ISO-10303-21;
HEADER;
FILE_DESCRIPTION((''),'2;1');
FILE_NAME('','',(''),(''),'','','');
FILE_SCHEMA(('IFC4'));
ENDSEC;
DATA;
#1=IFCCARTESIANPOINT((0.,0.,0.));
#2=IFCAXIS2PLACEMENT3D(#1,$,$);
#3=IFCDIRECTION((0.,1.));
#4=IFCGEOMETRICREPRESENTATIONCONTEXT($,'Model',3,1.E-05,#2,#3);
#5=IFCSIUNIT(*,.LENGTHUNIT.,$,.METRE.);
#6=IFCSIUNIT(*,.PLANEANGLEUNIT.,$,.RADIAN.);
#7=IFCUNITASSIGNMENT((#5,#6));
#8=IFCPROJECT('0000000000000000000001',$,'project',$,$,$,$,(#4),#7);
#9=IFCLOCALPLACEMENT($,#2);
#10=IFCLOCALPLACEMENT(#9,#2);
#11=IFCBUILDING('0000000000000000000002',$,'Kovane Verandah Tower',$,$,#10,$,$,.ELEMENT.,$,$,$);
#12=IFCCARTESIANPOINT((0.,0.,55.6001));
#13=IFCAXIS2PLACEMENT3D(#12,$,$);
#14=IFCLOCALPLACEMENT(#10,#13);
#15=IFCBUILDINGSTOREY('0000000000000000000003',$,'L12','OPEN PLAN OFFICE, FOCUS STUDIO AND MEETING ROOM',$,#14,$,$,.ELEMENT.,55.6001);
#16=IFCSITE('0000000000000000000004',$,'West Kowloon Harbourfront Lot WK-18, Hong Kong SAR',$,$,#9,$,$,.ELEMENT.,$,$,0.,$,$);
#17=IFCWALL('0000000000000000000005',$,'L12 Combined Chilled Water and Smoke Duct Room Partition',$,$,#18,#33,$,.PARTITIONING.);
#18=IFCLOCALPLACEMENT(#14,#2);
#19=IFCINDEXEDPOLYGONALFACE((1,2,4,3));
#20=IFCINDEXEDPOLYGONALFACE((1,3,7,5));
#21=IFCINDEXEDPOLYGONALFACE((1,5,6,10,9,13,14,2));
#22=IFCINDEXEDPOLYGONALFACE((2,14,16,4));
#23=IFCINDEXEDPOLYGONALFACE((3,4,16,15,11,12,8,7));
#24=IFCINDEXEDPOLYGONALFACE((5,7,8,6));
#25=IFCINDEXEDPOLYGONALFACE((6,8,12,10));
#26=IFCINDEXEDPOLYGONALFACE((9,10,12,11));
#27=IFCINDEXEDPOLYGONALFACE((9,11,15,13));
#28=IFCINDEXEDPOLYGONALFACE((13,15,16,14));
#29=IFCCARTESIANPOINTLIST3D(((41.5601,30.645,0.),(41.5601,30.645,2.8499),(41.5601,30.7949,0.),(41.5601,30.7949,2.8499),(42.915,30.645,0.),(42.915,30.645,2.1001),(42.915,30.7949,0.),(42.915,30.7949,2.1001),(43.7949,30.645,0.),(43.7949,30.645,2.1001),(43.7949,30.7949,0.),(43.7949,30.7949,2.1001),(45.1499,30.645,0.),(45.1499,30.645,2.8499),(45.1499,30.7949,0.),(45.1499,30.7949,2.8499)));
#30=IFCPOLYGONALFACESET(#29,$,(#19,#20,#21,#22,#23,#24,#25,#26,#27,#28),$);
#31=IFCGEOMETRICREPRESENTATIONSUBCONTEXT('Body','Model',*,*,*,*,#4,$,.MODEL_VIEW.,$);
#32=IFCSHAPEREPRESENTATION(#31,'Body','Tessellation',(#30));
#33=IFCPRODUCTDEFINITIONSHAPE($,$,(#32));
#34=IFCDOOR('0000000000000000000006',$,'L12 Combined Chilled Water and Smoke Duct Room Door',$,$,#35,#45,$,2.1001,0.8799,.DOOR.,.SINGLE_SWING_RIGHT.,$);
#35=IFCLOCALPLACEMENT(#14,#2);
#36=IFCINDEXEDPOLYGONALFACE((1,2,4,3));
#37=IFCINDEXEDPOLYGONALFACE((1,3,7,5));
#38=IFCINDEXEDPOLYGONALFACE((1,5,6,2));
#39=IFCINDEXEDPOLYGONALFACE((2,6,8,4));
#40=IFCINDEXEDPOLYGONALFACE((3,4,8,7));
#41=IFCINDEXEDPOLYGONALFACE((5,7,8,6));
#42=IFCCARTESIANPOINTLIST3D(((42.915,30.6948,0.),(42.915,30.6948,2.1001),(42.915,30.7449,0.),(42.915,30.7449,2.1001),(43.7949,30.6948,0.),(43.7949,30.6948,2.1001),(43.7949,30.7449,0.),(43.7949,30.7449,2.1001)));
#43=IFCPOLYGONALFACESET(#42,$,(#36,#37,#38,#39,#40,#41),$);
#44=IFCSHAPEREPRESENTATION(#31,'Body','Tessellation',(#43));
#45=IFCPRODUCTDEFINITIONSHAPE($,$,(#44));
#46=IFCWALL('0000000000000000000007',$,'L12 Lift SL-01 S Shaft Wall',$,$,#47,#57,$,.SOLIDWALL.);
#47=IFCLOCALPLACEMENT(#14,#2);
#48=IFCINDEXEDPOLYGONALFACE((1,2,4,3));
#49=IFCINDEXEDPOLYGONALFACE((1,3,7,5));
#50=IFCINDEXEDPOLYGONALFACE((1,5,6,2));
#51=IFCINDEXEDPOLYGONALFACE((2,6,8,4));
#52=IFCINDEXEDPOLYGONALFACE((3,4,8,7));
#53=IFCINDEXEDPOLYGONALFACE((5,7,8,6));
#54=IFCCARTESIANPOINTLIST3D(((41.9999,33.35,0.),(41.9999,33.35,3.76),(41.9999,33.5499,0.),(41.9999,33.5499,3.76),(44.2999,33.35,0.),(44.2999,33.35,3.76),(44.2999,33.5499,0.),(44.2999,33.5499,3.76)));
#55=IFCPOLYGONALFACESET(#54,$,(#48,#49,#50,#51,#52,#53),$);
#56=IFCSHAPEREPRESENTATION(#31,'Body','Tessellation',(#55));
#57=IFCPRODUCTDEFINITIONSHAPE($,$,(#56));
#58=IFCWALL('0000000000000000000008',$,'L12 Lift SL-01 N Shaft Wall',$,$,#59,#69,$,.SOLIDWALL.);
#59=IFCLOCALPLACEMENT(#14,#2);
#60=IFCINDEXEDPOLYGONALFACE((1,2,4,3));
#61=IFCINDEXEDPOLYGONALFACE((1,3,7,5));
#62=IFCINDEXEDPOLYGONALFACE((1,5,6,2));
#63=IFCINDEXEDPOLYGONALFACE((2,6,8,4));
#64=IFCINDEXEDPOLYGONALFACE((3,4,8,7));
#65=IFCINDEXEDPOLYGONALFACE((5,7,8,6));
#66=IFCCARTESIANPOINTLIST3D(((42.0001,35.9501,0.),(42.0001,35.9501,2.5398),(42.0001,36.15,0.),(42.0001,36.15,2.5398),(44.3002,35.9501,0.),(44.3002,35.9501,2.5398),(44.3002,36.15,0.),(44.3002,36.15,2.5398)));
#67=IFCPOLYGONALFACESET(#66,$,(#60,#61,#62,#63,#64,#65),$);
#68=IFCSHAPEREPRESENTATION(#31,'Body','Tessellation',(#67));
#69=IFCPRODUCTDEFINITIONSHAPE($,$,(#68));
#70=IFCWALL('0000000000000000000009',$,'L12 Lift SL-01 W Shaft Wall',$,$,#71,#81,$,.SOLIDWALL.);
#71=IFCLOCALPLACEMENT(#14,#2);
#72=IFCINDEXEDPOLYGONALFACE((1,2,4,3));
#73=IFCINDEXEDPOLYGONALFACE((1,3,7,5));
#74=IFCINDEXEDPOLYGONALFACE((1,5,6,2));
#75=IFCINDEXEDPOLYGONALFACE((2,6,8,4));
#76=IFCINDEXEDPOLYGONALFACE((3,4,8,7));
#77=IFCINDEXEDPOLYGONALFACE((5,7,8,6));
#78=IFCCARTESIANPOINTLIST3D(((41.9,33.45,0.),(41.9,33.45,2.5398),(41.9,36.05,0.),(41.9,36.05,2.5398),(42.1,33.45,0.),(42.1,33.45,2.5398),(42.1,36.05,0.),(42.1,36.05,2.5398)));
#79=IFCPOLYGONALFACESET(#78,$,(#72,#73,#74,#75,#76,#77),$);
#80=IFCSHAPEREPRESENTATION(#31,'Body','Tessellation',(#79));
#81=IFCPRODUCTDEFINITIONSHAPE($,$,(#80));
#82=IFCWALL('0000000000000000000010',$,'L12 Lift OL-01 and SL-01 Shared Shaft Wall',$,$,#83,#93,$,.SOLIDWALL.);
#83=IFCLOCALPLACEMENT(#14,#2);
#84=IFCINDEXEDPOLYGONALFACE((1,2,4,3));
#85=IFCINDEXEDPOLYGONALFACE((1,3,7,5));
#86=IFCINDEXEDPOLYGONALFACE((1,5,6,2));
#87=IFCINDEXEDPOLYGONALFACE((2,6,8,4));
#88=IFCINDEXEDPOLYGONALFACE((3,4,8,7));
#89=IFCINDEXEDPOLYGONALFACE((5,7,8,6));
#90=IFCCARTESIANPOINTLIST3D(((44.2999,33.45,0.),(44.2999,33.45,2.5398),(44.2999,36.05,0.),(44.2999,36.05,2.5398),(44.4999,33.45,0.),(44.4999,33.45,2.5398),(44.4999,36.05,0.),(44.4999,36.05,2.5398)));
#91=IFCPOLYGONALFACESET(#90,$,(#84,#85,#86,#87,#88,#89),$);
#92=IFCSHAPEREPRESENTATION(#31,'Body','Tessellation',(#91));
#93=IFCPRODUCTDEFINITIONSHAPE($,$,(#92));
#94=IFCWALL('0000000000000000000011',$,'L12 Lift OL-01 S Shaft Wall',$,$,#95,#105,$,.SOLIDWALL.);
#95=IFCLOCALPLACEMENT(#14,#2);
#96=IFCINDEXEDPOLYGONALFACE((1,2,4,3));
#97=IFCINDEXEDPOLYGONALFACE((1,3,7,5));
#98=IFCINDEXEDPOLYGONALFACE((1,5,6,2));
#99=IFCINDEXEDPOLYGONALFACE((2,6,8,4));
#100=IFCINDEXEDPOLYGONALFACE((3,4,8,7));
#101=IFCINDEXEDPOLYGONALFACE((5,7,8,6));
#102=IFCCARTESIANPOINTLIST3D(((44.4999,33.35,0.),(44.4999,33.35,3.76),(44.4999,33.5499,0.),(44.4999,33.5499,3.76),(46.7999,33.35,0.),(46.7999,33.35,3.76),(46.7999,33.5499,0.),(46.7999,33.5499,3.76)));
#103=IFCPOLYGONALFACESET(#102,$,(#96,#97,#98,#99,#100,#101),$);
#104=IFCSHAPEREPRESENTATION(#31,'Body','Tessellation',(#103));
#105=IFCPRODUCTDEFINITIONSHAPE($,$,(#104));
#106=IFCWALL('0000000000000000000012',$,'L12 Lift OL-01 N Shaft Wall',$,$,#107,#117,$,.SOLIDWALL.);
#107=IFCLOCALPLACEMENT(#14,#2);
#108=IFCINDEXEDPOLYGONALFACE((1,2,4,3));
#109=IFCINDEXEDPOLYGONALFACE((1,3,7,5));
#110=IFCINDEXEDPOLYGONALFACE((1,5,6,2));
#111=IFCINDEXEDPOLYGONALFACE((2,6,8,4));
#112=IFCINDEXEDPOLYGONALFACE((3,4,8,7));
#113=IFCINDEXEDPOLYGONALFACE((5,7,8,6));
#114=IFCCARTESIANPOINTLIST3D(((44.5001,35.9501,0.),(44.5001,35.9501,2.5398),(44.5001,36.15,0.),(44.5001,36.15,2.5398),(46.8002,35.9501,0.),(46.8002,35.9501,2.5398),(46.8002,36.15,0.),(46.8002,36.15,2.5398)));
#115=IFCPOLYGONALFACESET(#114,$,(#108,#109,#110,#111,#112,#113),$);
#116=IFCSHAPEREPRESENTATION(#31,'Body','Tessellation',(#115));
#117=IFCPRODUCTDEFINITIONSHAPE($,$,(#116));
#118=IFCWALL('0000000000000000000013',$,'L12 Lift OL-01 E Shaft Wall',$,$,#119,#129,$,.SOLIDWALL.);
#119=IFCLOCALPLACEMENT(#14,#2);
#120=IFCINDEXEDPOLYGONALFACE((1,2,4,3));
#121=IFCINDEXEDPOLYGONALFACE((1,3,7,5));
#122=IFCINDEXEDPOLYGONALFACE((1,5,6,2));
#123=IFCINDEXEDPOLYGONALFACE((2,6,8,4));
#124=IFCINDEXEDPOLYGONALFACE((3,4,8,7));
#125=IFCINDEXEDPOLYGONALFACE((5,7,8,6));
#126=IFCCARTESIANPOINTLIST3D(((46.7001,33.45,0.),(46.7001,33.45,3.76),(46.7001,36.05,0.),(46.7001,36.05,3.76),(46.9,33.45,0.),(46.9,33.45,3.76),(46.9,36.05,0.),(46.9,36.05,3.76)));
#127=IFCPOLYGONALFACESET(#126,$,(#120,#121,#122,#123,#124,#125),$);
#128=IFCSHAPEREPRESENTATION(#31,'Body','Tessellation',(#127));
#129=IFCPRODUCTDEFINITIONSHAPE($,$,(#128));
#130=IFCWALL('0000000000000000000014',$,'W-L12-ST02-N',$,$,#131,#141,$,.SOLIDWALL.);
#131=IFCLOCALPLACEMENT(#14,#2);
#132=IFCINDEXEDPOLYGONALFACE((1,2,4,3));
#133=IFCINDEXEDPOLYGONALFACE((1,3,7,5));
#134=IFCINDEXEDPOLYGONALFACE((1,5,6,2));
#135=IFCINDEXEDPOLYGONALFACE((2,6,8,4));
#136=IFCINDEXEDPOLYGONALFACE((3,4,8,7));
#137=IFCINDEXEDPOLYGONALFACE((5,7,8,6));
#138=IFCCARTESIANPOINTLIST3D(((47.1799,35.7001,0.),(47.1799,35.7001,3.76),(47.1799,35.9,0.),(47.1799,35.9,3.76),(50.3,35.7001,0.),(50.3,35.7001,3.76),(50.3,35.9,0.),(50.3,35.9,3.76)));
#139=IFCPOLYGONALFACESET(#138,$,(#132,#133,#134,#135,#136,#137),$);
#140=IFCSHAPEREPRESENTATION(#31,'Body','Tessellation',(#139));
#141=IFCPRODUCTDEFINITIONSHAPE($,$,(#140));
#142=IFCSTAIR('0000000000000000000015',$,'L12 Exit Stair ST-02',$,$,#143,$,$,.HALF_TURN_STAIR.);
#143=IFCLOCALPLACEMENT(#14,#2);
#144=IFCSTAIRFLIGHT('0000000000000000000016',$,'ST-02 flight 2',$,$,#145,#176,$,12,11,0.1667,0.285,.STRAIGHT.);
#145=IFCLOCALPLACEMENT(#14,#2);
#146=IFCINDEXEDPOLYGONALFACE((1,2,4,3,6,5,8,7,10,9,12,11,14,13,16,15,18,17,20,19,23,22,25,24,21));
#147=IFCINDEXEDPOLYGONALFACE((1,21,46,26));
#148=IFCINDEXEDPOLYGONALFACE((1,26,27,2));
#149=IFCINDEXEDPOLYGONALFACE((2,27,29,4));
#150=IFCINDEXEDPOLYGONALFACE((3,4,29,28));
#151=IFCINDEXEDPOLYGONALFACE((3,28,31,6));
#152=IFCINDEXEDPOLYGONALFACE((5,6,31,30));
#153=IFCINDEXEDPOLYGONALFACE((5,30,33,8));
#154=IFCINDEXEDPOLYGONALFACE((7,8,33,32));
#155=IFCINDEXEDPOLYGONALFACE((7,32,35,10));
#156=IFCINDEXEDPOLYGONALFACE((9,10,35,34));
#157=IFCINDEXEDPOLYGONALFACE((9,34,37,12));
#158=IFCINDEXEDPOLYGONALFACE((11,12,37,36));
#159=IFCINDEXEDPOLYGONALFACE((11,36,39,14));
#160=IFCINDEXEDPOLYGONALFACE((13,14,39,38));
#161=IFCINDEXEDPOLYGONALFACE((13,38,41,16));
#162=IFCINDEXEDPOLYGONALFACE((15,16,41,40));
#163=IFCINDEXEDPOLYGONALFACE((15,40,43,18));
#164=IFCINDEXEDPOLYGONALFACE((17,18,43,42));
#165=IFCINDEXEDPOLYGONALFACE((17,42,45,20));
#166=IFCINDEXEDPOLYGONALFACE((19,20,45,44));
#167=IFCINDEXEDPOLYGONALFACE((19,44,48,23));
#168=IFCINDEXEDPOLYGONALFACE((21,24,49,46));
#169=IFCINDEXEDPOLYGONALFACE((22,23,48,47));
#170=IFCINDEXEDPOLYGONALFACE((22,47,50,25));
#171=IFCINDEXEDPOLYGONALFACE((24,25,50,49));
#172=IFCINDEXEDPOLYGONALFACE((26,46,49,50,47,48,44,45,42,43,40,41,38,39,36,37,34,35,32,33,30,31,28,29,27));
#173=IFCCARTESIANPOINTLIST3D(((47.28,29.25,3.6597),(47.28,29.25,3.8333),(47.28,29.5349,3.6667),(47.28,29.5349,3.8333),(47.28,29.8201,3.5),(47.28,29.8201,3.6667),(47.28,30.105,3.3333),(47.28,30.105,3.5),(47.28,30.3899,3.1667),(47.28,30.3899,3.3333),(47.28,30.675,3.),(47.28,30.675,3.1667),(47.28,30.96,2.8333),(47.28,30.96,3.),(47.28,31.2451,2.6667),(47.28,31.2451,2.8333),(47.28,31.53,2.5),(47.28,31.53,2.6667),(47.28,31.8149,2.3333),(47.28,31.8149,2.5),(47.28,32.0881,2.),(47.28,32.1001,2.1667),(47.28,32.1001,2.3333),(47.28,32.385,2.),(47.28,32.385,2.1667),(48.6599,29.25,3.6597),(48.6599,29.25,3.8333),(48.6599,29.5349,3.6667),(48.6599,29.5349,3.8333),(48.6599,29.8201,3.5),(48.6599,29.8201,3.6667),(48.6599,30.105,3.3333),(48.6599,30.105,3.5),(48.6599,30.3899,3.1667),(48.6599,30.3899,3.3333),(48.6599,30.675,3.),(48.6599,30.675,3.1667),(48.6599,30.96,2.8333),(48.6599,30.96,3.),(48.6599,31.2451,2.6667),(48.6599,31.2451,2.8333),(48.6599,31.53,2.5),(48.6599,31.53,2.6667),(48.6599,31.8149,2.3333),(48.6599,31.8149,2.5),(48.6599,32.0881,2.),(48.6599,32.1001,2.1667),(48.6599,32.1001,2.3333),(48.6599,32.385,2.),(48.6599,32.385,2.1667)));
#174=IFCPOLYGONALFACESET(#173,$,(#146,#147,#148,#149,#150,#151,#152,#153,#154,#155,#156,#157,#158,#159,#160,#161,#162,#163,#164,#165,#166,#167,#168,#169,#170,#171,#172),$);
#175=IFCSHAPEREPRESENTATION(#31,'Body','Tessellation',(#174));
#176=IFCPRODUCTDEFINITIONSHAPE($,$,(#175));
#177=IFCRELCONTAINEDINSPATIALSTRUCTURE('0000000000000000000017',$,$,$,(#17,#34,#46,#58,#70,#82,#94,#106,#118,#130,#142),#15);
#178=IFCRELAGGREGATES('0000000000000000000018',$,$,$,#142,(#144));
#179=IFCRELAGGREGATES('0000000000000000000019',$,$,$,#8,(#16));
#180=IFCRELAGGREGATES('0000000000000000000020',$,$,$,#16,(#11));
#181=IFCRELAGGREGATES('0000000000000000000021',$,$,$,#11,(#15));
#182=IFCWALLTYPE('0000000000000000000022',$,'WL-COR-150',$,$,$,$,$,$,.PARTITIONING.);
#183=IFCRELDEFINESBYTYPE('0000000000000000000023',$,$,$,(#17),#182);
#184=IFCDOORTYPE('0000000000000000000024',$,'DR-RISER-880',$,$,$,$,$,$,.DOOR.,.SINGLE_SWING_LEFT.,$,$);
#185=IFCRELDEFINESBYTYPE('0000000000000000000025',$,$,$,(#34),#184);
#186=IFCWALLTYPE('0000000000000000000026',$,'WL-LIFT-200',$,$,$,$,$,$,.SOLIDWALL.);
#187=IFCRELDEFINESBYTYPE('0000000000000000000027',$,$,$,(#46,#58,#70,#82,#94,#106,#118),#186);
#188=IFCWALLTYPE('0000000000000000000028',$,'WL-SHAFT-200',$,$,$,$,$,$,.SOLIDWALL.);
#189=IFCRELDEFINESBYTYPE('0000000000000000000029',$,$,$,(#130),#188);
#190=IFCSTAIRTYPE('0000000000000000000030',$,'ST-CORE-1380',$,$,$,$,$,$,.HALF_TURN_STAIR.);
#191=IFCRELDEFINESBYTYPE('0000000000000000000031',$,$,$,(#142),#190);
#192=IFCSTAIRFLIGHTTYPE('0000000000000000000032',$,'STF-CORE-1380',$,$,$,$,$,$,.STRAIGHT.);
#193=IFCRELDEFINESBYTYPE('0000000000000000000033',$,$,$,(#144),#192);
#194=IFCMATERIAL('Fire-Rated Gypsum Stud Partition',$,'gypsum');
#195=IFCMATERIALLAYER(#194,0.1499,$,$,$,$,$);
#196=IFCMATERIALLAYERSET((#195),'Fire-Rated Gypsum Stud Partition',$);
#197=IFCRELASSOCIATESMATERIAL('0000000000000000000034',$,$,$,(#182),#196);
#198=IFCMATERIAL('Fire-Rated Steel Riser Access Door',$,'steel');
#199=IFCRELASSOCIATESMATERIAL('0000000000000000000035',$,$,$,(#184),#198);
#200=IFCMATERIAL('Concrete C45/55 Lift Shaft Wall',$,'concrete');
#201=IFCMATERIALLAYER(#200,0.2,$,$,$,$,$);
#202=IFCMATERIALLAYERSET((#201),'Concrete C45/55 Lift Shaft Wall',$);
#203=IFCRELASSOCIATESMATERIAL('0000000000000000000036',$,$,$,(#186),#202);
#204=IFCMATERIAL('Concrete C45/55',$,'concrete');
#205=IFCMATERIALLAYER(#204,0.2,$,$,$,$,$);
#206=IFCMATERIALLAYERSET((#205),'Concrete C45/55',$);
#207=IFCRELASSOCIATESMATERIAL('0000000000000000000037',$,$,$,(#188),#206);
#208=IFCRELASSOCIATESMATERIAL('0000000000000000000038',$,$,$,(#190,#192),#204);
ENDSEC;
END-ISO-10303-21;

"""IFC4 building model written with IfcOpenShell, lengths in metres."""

from ifc_helpers import new_model, si_unit, direction, frame, frame_2d, origin, place, context, subcontext, project, spatial, polyline, rectangle, outline, extrude, material, layer, layer_set, type_object, element, fill, aggregate, save


model = new_model("IFC4")

# Units and contexts
model_context = context("Model", 3, precision=1e-05, world=origin(), true_north=direction((0.0, 1.0)))
body_context = subcontext(model_context, "Body", "Model", "MODEL_VIEW")
ifc_project = project(units=[si_unit("LENGTHUNIT", "METRE"), si_unit("PLANEANGLEUNIT", "RADIAN")], contexts=[model_context])

# Site, building, storey
site_placement = place(None, origin())
site = spatial("IfcSite", under=ifc_project, at=site_placement, Name="West Kowloon Harbourfront Lot WK-18, Hong Kong SAR", CompositionType="ELEMENT", RefElevation=0.0)
building_placement = place(site_placement, origin())
building = spatial("IfcBuilding", under=site, at=building_placement, Name="Kovane Verandah Tower", CompositionType="ELEMENT")
storey_placement = place(building_placement, frame((0.0, 0.0, 55.6001)))
storey = spatial("IfcBuildingStorey", under=building, at=storey_placement, Name="L12", Description="OPEN PLAN OFFICE, FOCUS STUDIO AND MEETING ROOM", CompositionType="ELEMENT", Elevation=55.6001)

# Wall, opening, door
ifc_material_1 = material(Name="Fire-Rated Gypsum Stud Partition", Category="gypsum")
ifc_layer_1 = layer(ifc_material_1, 0.1499)
ifc_layer_set_1 = layer_set([ifc_layer_1], Name="Fire-Rated Gypsum Stud Partition")
wall_type_1 = type_object("IfcWallType", Name="WL-COR-150", PredefinedType="PARTITIONING", material=ifc_layer_set_1)
wall_1_placement = place(storey_placement, frame((41.5601, 30.72, 0.0), z_axis=(0.0, 0.0, 1.0), x_axis=(1.0, 0.0, 0.0)))
wall_1 = element("IfcWall", 1, at=wall_1_placement, inside=storey, type_object=wall_type_1, Name="L12 Combined Chilled Water and Smoke Duct Room Partition", PredefinedType="PARTITIONING", context=body_context, shape_type="SweptSolid", body=[
    extrude(rectangle(XDim=3.5898, YDim=0.1499, at=frame_2d((1.7949, 0.0))), origin(), (0.0, 0.0, 1.0), 2.8499),
])
opening_placement = place(wall_1_placement, frame((1.355, 0.0, 0.0)))
opening = element("IfcOpeningElement", 2, at=opening_placement, cuts=wall_1, PredefinedType="OPENING", context=body_context, shape_type="SweptSolid", body=[
    extrude(rectangle(XDim=0.8799, YDim=2.1001, at=frame_2d((0.4399, 1.05))), frame((0.0, 0.075, 0.0), z_axis=(0.0, -1.0, 0.0), x_axis=(1.0, 0.0, 0.0)), (0.0, 0.0, 1.0), 0.1499),
])
ifc_material_2 = material(Name="Fire-Rated Steel Riser Access Door", Category="steel")
door_type = type_object("IfcDoorType", Name="DR-RISER-880", OperationType="SINGLE_SWING_LEFT", PredefinedType="DOOR", material=ifc_material_2)
door_placement = place(opening_placement, origin())
door = element("IfcDoor", 3, at=door_placement, inside=storey, type_object=door_type, Name="L12 Combined Chilled Water and Smoke Duct Room Door", OperationType="SINGLE_SWING_RIGHT", OverallHeight=2.1001, OverallWidth=0.8799, PredefinedType="DOOR", context=body_context, shape_type="SweptSolid", body=[
    extrude(rectangle(XDim=0.8799, YDim=2.1001, at=frame_2d((0.4399, 1.05))), frame((0.0, 0.0249, 0.0), z_axis=(0.0, -1.0, 0.0), x_axis=(1.0, 0.0, 0.0)), (0.0, 0.0, 1.0), 0.05),
])
fill(opening, door)

# Walls
ifc_material_3 = material(Name="Concrete C45/55 Lift Shaft Wall", Category="concrete")
ifc_layer_2 = layer(ifc_material_3, 0.2)
ifc_layer_set_2 = layer_set([ifc_layer_2], Name="Concrete C45/55 Lift Shaft Wall")
wall_type_2 = type_object("IfcWallType", Name="WL-LIFT-200", PredefinedType="SOLIDWALL", material=ifc_layer_set_2)
wall_2_placement = place(storey_placement, frame((42.0, 33.45, 0.0), z_axis=(0.0, 0.0, 1.0), x_axis=(1.0, 0.0, 0.0)))
element("IfcWall", 4, at=wall_2_placement, inside=storey, type_object=wall_type_2, Name="L12 Lift SL-01 S Shaft Wall", PredefinedType="SOLIDWALL", context=body_context, shape_type="SweptSolid", body=[
    extrude(rectangle(XDim=2.3, YDim=0.2, at=frame_2d((1.1499, 0.0))), origin(), (0.0, 0.0, 1.0), 3.76),
])
wall_3_placement = place(storey_placement, frame((44.3, 36.05, 0.0), z_axis=(0.0, 0.0, 1.0), x_axis=(-1.0, 0.0, 0.0)))
element("IfcWall", 5, at=wall_3_placement, inside=storey, type_object=wall_type_2, Name="L12 Lift SL-01 N Shaft Wall", PredefinedType="SOLIDWALL", context=body_context, shape_type="SweptSolid", body=[
    extrude(rectangle(XDim=2.3, YDim=0.2, at=frame_2d((1.1499, 0.0))), origin(), (0.0, 0.0, 1.0), 2.5398),
])
for number, where, z_axis, x_axis, name in (
    (6, (42.0, 36.05, 0.0), (0.0, 0.0, 1.0), (0.0, -1.0, 0.0), "L12 Lift SL-01 W Shaft Wall"),
    (7, (44.3999, 33.45, 0.0), (0.0, 0.0, 1.0), (0.0, 1.0, 0.0), "L12 Lift OL-01 and SL-01 Shared Shaft Wall"),
):
    element("IfcWall", number, at=place(storey_placement, frame(where, z_axis=z_axis, x_axis=x_axis)), inside=storey, type_object=wall_type_2, Name=name, PredefinedType="SOLIDWALL", context=body_context, shape_type="SweptSolid", body=[
        extrude(rectangle(XDim=2.6001, YDim=0.2, at=frame_2d((1.3, 0.0))), origin(), (0.0, 0.0, 1.0), 2.5398),
    ])
wall_4_placement = place(storey_placement, frame((44.5, 33.45, 0.0), z_axis=(0.0, 0.0, 1.0), x_axis=(1.0, 0.0, 0.0)))
element("IfcWall", 8, at=wall_4_placement, inside=storey, type_object=wall_type_2, Name="L12 Lift OL-01 S Shaft Wall", PredefinedType="SOLIDWALL", context=body_context, shape_type="SweptSolid", body=[
    extrude(rectangle(XDim=2.3, YDim=0.2, at=frame_2d((1.1499, 0.0))), origin(), (0.0, 0.0, 1.0), 3.76),
])
wall_5_placement = place(storey_placement, frame((46.8, 36.05, 0.0), z_axis=(0.0, 0.0, 1.0), x_axis=(-1.0, 0.0, 0.0)))
element("IfcWall", 9, at=wall_5_placement, inside=storey, type_object=wall_type_2, Name="L12 Lift OL-01 N Shaft Wall", PredefinedType="SOLIDWALL", context=body_context, shape_type="SweptSolid", body=[
    extrude(rectangle(XDim=2.3, YDim=0.2, at=frame_2d((1.1499, 0.0))), origin(), (0.0, 0.0, 1.0), 2.5398),
])
wall_6_placement = place(storey_placement, frame((46.8, 33.45, 0.0), z_axis=(0.0, 0.0, 1.0), x_axis=(0.0, 1.0, 0.0)))
element("IfcWall", 10, at=wall_6_placement, inside=storey, type_object=wall_type_2, Name="L12 Lift OL-01 E Shaft Wall", PredefinedType="SOLIDWALL", context=body_context, shape_type="SweptSolid", body=[
    extrude(rectangle(XDim=2.6001, YDim=0.2, at=frame_2d((1.3, 0.0))), origin(), (0.0, 0.0, 1.0), 3.76),
])
ifc_material_4 = material(Name="Concrete C45/55", Category="concrete")
ifc_layer_3 = layer(ifc_material_4, 0.2)
ifc_layer_set_3 = layer_set([ifc_layer_3], Name="Concrete C45/55")
wall_type_3 = type_object("IfcWallType", Name="WL-SHAFT-200", PredefinedType="SOLIDWALL", material=ifc_layer_set_3)
wall_7_placement = place(storey_placement, frame((47.1799, 35.8, 0.0), z_axis=(0.0, 0.0, 1.0), x_axis=(1.0, 0.0, 0.0)))
element("IfcWall", 11, at=wall_7_placement, inside=storey, type_object=wall_type_3, Name="W-L12-ST02-N", PredefinedType="SOLIDWALL", context=body_context, shape_type="SweptSolid", body=[
    extrude(rectangle(XDim=3.1201, YDim=0.2, at=frame_2d((1.5601, 0.0))), origin(), (0.0, 0.0, 1.0), 3.76),
])

# Stair, stair flight
stair_type = type_object("IfcStairType", Name="ST-CORE-1380", PredefinedType="HALF_TURN_STAIR", material=ifc_material_4)
stair_1_placement = place(storey_placement, origin())
stair_1 = element("IfcStair", 12, at=stair_1_placement, inside=storey, type_object=stair_type, Name="L12 Exit Stair ST-02", PredefinedType="HALF_TURN_STAIR")
stair_flight_type = type_object("IfcStairFlightType", Name="STF-CORE-1380", PredefinedType="STRAIGHT", material=ifc_material_4)
stair_flight_1_placement = place(storey_placement, frame((47.97, 32.385, 2.0), z_axis=(0.0, 0.0, 1.0), x_axis=(0.0, -1.0, 0.0)))
stair_flight_1 = element("IfcStairFlight", 13, at=stair_flight_1_placement, type_object=stair_flight_type, Name="ST-02 flight 2", NumberOfRisers=12, NumberOfTreads=11, PredefinedType="STRAIGHT", RiserHeight=0.1667, TreadLength=0.285, context=body_context, shape_type="SweptSolid", body=[
    extrude(outline(polyline([(0.0, 0.0), (0.0, 0.1667), (0.2849, 0.1667), (0.2849, 0.3333), (0.5701, 0.3333), (0.5701, 0.5), (0.855, 0.5), (0.855, 0.6667), (1.1399, 0.6667), (1.1399, 0.8333), (1.425, 0.8333), (1.425, 1.0), (1.71, 1.0), (1.71, 1.1667), (1.9951, 1.1667), (1.9951, 1.3333), (2.28, 1.3333), (2.28, 1.5), (2.5649, 1.5), (2.5649, 1.6667), (2.8501, 1.6667), (2.8501, 1.8333), (3.135, 1.8333), (3.135, 2.0), (3.135, 1.6597), (0.2969, 0.0), (0.0, 0.0)])), frame((0.0, 0.6899, 0.0), z_axis=(0.0, -1.0, 0.0), x_axis=(1.0, 0.0, 0.0)), (0.0, 0.0, 1.0), 1.3799),
])
aggregate(stair_1, [stair_flight_1])

save(model, "model.ifc")
